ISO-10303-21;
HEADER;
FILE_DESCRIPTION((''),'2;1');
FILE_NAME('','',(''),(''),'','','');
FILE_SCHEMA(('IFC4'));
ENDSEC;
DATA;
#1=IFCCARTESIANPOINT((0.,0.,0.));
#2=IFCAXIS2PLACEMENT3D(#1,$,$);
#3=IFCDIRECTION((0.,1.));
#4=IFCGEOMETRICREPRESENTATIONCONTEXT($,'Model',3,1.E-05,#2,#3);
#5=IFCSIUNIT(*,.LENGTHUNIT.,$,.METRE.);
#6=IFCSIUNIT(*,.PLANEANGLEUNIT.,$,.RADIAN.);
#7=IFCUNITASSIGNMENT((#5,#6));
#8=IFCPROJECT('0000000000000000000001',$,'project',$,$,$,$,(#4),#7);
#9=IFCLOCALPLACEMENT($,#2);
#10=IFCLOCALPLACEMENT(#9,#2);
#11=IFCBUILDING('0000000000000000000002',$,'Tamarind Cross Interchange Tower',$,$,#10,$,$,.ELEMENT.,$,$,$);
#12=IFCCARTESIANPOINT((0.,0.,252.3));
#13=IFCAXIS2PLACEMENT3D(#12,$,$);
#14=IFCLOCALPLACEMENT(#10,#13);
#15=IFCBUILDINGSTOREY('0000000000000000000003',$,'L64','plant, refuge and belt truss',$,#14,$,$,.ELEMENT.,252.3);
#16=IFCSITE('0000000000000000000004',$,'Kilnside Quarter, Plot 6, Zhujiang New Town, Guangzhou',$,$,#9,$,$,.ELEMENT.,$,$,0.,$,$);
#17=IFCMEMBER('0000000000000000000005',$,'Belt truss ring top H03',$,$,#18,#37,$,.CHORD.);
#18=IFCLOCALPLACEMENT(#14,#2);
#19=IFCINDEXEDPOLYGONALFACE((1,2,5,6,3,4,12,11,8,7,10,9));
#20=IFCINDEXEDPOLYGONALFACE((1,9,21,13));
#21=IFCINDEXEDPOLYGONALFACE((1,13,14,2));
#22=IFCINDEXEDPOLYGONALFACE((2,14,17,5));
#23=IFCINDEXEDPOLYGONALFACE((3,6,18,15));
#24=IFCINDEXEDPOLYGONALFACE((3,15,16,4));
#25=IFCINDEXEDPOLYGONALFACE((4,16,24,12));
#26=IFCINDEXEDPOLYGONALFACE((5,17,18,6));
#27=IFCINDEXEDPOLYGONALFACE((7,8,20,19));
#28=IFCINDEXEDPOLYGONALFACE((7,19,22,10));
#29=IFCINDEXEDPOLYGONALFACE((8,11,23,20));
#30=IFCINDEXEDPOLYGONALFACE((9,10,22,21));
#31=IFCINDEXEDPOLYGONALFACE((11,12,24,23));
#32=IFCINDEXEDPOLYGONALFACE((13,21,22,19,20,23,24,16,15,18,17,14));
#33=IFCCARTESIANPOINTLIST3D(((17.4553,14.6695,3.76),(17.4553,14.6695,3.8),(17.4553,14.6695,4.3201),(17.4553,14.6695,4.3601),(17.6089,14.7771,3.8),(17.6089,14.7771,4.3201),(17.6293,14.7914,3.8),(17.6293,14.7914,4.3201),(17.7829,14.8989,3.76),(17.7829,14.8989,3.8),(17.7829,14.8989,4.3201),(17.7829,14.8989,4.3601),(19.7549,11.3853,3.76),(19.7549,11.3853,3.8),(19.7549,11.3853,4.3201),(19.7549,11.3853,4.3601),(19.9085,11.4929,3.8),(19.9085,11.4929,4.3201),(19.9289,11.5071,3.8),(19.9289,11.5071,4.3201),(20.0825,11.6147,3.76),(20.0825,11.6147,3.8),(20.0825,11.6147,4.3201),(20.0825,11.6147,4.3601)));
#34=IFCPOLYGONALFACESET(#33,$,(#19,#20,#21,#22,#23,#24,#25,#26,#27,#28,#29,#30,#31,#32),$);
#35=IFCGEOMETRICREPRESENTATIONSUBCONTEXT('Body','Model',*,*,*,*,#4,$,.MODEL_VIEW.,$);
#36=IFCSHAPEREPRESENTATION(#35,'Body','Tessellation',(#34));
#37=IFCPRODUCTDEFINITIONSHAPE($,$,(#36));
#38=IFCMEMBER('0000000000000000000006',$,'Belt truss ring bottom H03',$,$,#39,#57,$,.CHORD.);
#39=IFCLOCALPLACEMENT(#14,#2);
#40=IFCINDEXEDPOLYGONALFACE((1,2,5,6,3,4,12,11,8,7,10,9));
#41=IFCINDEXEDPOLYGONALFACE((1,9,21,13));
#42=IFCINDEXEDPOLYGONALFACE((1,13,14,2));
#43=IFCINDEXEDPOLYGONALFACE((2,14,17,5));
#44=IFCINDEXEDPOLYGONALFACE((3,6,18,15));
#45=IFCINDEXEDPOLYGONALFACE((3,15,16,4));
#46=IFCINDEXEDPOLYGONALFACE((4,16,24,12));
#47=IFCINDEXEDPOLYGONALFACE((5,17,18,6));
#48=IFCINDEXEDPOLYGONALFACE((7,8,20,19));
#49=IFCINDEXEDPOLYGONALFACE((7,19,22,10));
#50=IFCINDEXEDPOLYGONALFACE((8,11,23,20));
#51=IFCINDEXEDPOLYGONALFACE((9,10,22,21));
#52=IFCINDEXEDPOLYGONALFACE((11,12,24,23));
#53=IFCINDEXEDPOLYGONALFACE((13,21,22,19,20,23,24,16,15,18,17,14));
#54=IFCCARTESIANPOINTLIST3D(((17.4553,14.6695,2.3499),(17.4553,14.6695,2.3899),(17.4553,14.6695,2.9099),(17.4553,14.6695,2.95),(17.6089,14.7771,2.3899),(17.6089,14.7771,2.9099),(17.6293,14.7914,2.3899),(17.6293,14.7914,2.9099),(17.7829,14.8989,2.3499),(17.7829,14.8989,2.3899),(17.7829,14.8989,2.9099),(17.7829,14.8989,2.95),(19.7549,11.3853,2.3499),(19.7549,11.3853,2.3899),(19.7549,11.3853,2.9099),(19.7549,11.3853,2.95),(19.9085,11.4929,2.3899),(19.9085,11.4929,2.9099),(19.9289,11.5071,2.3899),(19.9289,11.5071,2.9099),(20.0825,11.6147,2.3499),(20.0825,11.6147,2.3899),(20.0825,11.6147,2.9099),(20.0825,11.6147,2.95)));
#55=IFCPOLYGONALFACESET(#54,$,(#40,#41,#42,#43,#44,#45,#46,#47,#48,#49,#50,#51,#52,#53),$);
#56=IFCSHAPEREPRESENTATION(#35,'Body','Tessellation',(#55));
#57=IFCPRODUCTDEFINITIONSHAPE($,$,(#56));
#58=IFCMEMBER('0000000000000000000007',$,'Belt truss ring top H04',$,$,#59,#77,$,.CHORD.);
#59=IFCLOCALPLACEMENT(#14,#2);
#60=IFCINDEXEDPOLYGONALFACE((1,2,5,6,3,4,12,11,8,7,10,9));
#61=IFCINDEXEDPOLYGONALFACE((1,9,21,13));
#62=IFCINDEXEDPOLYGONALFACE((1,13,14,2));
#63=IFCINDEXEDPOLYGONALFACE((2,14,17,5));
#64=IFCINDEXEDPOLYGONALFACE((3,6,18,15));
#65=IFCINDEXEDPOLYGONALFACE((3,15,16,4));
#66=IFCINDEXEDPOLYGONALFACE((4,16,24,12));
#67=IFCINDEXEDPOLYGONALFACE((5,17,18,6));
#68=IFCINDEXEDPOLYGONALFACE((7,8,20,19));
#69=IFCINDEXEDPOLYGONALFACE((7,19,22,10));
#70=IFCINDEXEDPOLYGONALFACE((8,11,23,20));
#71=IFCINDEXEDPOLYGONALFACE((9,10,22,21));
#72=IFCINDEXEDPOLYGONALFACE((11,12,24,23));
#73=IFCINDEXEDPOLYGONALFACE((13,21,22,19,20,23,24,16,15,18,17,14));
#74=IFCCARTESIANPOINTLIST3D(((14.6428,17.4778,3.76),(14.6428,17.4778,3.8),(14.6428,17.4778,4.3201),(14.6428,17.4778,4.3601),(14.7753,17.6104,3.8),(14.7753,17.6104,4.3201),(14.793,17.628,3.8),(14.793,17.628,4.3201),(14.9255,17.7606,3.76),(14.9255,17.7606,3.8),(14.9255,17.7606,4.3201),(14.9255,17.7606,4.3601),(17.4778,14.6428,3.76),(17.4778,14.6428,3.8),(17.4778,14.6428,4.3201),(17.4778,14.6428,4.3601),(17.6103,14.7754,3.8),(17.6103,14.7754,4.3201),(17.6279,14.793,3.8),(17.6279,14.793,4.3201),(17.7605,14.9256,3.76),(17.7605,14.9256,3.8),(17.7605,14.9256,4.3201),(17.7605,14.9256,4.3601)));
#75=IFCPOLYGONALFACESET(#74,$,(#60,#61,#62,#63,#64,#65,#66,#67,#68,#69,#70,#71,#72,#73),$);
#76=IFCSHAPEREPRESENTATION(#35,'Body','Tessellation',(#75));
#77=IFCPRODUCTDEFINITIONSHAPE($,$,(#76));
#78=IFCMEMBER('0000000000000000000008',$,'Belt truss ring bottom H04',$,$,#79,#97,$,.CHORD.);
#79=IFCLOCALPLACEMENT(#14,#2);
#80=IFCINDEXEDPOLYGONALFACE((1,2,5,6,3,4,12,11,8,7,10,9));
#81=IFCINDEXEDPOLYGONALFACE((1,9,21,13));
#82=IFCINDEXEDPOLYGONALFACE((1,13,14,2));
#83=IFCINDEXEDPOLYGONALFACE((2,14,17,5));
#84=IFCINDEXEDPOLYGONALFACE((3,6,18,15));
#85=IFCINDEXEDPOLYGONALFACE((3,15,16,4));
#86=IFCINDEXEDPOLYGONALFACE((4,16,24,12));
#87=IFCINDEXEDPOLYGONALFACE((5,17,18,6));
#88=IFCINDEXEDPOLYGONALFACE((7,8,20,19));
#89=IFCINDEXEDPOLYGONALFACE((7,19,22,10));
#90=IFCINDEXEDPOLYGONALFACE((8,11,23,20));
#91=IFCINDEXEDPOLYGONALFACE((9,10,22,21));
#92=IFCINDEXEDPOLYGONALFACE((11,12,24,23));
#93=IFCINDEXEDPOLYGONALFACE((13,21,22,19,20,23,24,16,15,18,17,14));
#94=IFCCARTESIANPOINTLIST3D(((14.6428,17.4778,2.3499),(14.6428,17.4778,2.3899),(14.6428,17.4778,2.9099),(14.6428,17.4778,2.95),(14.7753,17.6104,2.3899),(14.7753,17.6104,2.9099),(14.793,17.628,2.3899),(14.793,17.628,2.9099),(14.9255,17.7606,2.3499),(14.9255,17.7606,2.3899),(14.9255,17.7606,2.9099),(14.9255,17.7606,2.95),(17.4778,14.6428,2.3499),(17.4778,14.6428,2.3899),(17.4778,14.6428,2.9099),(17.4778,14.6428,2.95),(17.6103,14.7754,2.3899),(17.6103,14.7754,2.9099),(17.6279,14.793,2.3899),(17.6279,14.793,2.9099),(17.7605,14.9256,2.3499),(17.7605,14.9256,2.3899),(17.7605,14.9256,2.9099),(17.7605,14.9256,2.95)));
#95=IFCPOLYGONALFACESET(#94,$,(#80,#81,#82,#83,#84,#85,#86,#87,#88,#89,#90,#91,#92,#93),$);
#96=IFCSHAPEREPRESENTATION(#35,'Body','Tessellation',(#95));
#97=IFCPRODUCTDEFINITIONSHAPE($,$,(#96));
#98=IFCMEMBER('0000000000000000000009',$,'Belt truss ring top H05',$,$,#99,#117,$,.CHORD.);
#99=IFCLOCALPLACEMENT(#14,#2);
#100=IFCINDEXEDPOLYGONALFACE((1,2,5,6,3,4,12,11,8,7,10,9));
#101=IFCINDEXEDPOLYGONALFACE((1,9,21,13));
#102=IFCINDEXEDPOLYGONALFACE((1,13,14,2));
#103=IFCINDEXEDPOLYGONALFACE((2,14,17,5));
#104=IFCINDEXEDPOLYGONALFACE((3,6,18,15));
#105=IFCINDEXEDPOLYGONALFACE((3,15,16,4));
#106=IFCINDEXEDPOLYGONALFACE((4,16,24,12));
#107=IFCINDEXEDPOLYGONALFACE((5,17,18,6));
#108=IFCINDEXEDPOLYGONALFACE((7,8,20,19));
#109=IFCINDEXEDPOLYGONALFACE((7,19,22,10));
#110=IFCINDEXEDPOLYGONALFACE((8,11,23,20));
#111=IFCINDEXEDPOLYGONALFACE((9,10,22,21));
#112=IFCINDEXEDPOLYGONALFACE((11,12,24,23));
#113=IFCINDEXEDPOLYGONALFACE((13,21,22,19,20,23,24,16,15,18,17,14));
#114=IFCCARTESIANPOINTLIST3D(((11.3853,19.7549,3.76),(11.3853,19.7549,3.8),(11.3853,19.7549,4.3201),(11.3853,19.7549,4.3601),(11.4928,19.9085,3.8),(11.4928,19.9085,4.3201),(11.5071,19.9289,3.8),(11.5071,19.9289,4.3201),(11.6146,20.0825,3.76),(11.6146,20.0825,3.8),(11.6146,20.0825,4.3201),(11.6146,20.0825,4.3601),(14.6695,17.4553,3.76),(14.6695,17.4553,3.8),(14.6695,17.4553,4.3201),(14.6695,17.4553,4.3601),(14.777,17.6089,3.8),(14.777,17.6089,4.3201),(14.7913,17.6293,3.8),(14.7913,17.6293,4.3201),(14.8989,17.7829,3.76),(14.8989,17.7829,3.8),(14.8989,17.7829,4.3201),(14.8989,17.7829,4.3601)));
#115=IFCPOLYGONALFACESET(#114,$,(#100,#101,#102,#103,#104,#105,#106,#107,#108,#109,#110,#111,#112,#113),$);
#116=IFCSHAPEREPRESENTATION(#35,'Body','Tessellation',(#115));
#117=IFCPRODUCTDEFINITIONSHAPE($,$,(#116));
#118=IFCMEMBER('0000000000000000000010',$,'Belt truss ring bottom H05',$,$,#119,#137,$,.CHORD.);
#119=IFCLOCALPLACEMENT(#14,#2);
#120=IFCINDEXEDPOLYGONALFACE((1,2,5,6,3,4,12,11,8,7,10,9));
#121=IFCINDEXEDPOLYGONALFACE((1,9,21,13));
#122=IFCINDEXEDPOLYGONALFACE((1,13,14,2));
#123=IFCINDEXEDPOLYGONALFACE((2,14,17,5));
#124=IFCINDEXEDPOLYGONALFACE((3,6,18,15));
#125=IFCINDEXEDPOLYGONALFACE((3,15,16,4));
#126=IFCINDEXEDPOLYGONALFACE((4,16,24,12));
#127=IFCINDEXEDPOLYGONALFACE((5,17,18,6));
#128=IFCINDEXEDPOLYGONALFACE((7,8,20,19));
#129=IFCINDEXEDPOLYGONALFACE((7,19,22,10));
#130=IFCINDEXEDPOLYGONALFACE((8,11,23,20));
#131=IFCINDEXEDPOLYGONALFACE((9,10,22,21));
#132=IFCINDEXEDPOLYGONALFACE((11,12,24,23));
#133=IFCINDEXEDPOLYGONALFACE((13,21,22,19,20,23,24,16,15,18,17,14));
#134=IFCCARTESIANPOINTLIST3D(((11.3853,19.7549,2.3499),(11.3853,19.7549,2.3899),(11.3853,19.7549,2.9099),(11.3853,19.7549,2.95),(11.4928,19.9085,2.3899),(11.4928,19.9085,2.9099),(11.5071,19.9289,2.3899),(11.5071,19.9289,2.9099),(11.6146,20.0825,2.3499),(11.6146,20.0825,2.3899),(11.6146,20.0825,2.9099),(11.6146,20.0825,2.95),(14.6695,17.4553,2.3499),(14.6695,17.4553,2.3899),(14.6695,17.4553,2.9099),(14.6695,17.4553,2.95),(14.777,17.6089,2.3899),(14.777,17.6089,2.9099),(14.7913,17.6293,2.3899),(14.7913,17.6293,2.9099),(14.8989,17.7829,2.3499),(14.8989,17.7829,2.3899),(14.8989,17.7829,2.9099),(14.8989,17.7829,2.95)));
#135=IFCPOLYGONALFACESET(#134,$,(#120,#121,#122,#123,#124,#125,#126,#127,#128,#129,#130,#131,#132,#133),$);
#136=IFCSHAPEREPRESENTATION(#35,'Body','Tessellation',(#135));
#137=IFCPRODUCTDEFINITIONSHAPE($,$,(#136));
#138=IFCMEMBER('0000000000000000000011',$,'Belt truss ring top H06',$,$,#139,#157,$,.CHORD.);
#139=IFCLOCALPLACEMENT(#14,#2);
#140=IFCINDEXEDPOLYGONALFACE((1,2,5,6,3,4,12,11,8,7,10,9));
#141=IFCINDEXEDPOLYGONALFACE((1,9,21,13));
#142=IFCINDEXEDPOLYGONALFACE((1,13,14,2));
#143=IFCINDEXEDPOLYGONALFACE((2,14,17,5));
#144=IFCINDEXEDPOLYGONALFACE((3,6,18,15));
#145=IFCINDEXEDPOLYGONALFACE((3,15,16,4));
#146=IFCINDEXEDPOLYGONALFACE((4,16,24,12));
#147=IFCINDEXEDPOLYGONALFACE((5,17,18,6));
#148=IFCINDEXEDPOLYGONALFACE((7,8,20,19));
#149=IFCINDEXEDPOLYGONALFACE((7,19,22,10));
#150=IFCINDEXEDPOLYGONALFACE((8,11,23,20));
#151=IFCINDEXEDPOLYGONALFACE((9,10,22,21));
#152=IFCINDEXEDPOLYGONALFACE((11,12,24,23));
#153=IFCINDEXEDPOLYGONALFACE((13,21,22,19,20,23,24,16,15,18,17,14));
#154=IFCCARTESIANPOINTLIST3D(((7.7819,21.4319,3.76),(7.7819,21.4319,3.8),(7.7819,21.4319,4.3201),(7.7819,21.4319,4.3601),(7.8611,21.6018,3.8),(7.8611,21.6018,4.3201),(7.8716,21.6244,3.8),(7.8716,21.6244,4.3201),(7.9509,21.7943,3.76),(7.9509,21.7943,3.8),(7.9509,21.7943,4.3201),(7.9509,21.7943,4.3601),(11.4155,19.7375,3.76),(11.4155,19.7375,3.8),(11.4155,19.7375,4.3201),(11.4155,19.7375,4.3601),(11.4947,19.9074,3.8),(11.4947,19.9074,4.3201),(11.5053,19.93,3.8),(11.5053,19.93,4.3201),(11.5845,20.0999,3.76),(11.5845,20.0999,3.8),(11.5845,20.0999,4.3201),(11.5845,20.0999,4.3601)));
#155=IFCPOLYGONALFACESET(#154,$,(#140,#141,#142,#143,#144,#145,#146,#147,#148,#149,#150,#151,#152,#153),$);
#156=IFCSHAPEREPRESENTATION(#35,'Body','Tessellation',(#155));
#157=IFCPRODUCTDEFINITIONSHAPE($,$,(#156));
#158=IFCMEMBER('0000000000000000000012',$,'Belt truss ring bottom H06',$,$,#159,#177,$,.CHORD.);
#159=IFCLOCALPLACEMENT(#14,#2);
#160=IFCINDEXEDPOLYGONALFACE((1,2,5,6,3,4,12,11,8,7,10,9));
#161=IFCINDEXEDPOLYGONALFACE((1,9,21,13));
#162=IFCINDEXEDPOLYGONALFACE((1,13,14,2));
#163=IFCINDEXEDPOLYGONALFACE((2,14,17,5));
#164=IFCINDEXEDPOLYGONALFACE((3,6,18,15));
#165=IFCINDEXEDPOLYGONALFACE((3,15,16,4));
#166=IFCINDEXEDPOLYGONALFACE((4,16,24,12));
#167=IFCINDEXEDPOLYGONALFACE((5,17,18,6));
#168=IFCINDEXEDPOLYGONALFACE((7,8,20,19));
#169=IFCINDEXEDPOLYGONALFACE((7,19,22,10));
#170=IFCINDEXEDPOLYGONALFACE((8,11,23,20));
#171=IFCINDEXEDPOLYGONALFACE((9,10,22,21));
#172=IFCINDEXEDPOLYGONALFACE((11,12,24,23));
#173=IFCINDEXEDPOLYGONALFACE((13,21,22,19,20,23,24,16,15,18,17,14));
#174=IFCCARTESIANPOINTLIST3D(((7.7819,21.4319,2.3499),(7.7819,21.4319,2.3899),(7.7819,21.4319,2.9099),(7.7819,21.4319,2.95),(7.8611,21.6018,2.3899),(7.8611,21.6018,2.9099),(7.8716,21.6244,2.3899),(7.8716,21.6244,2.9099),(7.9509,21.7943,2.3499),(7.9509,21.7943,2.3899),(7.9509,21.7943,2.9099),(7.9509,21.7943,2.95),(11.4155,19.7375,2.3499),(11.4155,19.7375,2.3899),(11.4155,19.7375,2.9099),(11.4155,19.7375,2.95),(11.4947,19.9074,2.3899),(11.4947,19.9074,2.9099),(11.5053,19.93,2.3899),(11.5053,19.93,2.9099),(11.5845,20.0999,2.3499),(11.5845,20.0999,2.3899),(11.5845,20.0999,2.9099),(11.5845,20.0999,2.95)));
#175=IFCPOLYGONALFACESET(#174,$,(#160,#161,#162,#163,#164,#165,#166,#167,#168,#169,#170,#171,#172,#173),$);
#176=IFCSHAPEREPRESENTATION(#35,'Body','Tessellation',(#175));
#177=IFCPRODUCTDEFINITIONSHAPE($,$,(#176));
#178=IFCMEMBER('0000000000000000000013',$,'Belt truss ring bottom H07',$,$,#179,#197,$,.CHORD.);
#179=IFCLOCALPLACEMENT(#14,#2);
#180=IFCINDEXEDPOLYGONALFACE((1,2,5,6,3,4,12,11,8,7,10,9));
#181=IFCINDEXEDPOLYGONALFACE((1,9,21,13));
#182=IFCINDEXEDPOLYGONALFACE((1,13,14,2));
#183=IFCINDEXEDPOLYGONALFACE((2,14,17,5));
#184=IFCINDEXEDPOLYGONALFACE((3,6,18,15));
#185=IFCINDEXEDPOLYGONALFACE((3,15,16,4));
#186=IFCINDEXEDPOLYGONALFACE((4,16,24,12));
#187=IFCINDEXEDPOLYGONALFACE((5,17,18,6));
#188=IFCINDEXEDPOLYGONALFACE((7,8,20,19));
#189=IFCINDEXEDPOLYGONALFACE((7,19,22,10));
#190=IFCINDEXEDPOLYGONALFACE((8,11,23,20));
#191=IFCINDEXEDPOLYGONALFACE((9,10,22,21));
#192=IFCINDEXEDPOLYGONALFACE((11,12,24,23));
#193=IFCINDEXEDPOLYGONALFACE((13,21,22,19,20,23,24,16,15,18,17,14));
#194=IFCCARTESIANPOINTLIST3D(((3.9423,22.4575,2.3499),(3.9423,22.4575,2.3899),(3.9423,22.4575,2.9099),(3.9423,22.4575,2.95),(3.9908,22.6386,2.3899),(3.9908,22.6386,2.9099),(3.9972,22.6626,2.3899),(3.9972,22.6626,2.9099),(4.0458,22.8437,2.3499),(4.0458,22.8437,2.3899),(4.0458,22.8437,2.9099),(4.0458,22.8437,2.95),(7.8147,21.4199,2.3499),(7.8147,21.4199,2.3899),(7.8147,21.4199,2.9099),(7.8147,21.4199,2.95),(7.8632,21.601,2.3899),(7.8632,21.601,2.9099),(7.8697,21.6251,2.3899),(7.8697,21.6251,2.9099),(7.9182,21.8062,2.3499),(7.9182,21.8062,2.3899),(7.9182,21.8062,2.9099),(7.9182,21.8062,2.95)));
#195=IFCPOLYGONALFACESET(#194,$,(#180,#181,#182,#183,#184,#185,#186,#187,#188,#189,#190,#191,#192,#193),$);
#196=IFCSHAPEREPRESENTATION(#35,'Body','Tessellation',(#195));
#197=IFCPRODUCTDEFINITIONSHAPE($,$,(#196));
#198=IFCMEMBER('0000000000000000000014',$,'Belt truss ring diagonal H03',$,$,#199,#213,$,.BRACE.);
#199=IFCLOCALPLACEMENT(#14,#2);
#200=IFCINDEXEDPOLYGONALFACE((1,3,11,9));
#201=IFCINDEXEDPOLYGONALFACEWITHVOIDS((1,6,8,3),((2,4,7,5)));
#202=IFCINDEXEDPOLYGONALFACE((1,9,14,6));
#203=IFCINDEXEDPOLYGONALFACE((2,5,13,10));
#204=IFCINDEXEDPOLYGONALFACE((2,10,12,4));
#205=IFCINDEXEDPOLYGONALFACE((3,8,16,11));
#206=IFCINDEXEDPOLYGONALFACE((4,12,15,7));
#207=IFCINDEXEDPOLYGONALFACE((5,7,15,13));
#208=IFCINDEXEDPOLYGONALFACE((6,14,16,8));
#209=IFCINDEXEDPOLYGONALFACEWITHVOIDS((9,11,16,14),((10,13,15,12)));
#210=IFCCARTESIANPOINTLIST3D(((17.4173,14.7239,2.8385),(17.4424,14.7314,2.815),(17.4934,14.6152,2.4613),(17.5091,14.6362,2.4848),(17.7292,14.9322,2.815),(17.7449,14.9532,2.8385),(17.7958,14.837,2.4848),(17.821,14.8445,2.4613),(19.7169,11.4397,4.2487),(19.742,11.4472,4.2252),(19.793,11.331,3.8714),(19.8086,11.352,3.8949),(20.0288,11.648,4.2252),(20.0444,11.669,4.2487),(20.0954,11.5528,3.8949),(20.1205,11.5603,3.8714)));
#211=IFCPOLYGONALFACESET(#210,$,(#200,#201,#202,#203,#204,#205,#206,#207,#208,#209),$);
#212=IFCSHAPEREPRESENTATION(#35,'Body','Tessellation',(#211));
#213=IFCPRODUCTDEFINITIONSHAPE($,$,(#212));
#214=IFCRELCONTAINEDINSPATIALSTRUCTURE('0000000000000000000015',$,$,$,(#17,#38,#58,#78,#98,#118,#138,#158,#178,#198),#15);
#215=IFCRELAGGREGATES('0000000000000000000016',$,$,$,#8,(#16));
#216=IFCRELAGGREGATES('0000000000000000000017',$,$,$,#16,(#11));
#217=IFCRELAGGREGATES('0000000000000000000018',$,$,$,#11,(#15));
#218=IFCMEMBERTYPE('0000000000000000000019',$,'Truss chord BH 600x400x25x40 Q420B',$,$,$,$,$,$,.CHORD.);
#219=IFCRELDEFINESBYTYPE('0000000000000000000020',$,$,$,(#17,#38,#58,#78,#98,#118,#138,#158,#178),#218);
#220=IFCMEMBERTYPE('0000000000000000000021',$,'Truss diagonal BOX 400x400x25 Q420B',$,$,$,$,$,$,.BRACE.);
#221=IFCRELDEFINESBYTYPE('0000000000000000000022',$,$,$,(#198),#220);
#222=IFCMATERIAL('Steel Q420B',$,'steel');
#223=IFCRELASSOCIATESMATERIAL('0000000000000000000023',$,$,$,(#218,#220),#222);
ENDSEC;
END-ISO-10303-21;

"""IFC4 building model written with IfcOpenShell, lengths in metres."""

from ifc_helpers import new_model, si_unit, direction, frame, origin, origin_2d, place, context, subcontext, project, spatial, hollow_rectangle, i_section, extrude, material, material_profile, profile_set, type_object, element, save


model = new_model("IFC4")

# Units and contexts
model_context = context("Model", 3, precision=1e-05, world=origin(), true_north=direction((0.0, 1.0)))
body_context = subcontext(model_context, "Body", "Model", "MODEL_VIEW")
ifc_project = project(units=[si_unit("LENGTHUNIT", "METRE"), si_unit("PLANEANGLEUNIT", "RADIAN")], contexts=[model_context])

# Site, building, storey
site_placement = place(None, origin())
site = spatial("IfcSite", under=ifc_project, at=site_placement, Name="Kilnside Quarter, Plot 6, Zhujiang New Town, Guangzhou", CompositionType="ELEMENT", RefElevation=0.0)
building_placement = place(site_placement, origin())
building = spatial("IfcBuilding", under=site, at=building_placement, Name="Tamarind Cross Interchange Tower", CompositionType="ELEMENT")
storey_placement = place(building_placement, frame((0.0, 0.0, 252.3)))
storey = spatial("IfcBuildingStorey", under=building, at=storey_placement, Name="L64", Description="plant, refuge and belt truss", CompositionType="ELEMENT", Elevation=252.3)

# Members
ifc_material_1 = material(Name="Steel Q420B", Category="steel")
ifc_material_profile_1 = material_profile(ifc_material_1, i_section(OverallWidth=0.3999, OverallDepth=0.6001, WebThickness=0.0249, FlangeThickness=0.04, at=origin_2d()), Name="BH 600x400x25x40")
ifc_profile_set_1 = profile_set([ifc_material_profile_1], Name="Steel Q420B")
member_type_1 = type_object("IfcMemberType", Name="Truss chord BH 600x400x25x40 Q420B", PredefinedType="CHORD", material=ifc_profile_set_1)
for number, where, z_axis, x_axis, name in (
    (1, (19.9187, 11.5, 4.0601), (-0.573569, 0.819158, 0.0), (-0.819158, -0.573569, 0.0), "Belt truss ring top H03"),
    (2, (19.9187, 11.5, 2.6499), (-0.573569, 0.819158, 0.0), (-0.819158, -0.573569, 0.0), "Belt truss ring bottom H03"),
    (3, (17.6191, 14.7842, 4.0601), (-0.707107, 0.707107, 0.0), (-0.707107, -0.707107, 0.0), "Belt truss ring top H04"),
    (4, (17.6191, 14.7842, 2.6499), (-0.707107, 0.707107, 0.0), (-0.707107, -0.707107, 0.0), "Belt truss ring bottom H04"),
    (5, (14.7842, 17.6191, 4.0601), (-0.819158, 0.573569, 0.0), (-0.573569, -0.819158, 0.0), "Belt truss ring top H05"),
    (6, (14.7842, 17.6191, 2.6499), (-0.819158, 0.573569, 0.0), (-0.573569, -0.819158, 0.0), "Belt truss ring bottom H05"),
    (7, (11.5, 19.9187, 4.0601), (-0.906309, 0.422615, 0.0), (-0.422615, -0.906309, 0.0), "Belt truss ring top H06"),
    (8, (11.5, 19.9187, 2.6499), (-0.906309, 0.422615, 0.0), (-0.422615, -0.906309, 0.0), "Belt truss ring bottom H06"),
):
    element("IfcMember", number, at=place(storey_placement, frame(where, z_axis=z_axis, x_axis=x_axis)), inside=storey, type_object=member_type_1, Name=name, PredefinedType="CHORD", context=body_context, shape_type="SweptSolid", body=[
        extrude(i_section(OverallWidth=0.3999, OverallDepth=0.6001, WebThickness=0.0249, FlangeThickness=0.04, at=origin_2d()), origin(), (0.0, 0.0, 1.0), 4.0093),
    ])
member_placement = place(storey_placement, frame((7.8665, 21.613, 2.6499), z_axis=(-0.965929, 0.258807, 0.0), x_axis=(-0.258807, -0.965929, 0.0)))
element("IfcMember", 9, at=member_placement, inside=storey, type_object=member_type_1, Name="Belt truss ring bottom H07", PredefinedType="CHORD", context=body_context, shape_type="SweptSolid", body=[
    extrude(i_section(OverallWidth=0.3999, OverallDepth=0.6001, WebThickness=0.0249, FlangeThickness=0.04, at=origin_2d()), origin(), (0.0, 0.0, 1.0), 4.009),
])
ifc_material_profile_2 = material_profile(ifc_material_1, hollow_rectangle(XDim=0.3999, YDim=0.3999, WallThickness=0.0249, at=origin_2d()), Name="BOX 400x400x25")
ifc_profile_set_2 = profile_set([ifc_material_profile_2], Name="Steel Q420B")
member_type_2 = type_object("IfcMemberType", Name="Truss diagonal BOX 400x400x25 Q420B", PredefinedType="BRACE", material=ifc_profile_set_2)
for number, where, z_axis, x_axis, name in (
    (10, (19.9187, 11.5, 4.0601), (-0.541075, 0.772751, -0.331803), (-0.819158, -0.573569, 0.0), "Belt truss ring diagonal H03"),
):
    element("IfcMember", number, at=place(storey_placement, frame(where, z_axis=z_axis, x_axis=x_axis)), inside=storey, type_object=member_type_2, Name=name, PredefinedType="BRACE", context=body_context, shape_type="SweptSolid", body=[
        extrude(hollow_rectangle(XDim=0.3999, YDim=0.3999, WallThickness=0.0249, at=origin_2d()), origin(), (0.0, 0.0, 1.0), 4.25),
    ])

save(model, "model.ifc")
